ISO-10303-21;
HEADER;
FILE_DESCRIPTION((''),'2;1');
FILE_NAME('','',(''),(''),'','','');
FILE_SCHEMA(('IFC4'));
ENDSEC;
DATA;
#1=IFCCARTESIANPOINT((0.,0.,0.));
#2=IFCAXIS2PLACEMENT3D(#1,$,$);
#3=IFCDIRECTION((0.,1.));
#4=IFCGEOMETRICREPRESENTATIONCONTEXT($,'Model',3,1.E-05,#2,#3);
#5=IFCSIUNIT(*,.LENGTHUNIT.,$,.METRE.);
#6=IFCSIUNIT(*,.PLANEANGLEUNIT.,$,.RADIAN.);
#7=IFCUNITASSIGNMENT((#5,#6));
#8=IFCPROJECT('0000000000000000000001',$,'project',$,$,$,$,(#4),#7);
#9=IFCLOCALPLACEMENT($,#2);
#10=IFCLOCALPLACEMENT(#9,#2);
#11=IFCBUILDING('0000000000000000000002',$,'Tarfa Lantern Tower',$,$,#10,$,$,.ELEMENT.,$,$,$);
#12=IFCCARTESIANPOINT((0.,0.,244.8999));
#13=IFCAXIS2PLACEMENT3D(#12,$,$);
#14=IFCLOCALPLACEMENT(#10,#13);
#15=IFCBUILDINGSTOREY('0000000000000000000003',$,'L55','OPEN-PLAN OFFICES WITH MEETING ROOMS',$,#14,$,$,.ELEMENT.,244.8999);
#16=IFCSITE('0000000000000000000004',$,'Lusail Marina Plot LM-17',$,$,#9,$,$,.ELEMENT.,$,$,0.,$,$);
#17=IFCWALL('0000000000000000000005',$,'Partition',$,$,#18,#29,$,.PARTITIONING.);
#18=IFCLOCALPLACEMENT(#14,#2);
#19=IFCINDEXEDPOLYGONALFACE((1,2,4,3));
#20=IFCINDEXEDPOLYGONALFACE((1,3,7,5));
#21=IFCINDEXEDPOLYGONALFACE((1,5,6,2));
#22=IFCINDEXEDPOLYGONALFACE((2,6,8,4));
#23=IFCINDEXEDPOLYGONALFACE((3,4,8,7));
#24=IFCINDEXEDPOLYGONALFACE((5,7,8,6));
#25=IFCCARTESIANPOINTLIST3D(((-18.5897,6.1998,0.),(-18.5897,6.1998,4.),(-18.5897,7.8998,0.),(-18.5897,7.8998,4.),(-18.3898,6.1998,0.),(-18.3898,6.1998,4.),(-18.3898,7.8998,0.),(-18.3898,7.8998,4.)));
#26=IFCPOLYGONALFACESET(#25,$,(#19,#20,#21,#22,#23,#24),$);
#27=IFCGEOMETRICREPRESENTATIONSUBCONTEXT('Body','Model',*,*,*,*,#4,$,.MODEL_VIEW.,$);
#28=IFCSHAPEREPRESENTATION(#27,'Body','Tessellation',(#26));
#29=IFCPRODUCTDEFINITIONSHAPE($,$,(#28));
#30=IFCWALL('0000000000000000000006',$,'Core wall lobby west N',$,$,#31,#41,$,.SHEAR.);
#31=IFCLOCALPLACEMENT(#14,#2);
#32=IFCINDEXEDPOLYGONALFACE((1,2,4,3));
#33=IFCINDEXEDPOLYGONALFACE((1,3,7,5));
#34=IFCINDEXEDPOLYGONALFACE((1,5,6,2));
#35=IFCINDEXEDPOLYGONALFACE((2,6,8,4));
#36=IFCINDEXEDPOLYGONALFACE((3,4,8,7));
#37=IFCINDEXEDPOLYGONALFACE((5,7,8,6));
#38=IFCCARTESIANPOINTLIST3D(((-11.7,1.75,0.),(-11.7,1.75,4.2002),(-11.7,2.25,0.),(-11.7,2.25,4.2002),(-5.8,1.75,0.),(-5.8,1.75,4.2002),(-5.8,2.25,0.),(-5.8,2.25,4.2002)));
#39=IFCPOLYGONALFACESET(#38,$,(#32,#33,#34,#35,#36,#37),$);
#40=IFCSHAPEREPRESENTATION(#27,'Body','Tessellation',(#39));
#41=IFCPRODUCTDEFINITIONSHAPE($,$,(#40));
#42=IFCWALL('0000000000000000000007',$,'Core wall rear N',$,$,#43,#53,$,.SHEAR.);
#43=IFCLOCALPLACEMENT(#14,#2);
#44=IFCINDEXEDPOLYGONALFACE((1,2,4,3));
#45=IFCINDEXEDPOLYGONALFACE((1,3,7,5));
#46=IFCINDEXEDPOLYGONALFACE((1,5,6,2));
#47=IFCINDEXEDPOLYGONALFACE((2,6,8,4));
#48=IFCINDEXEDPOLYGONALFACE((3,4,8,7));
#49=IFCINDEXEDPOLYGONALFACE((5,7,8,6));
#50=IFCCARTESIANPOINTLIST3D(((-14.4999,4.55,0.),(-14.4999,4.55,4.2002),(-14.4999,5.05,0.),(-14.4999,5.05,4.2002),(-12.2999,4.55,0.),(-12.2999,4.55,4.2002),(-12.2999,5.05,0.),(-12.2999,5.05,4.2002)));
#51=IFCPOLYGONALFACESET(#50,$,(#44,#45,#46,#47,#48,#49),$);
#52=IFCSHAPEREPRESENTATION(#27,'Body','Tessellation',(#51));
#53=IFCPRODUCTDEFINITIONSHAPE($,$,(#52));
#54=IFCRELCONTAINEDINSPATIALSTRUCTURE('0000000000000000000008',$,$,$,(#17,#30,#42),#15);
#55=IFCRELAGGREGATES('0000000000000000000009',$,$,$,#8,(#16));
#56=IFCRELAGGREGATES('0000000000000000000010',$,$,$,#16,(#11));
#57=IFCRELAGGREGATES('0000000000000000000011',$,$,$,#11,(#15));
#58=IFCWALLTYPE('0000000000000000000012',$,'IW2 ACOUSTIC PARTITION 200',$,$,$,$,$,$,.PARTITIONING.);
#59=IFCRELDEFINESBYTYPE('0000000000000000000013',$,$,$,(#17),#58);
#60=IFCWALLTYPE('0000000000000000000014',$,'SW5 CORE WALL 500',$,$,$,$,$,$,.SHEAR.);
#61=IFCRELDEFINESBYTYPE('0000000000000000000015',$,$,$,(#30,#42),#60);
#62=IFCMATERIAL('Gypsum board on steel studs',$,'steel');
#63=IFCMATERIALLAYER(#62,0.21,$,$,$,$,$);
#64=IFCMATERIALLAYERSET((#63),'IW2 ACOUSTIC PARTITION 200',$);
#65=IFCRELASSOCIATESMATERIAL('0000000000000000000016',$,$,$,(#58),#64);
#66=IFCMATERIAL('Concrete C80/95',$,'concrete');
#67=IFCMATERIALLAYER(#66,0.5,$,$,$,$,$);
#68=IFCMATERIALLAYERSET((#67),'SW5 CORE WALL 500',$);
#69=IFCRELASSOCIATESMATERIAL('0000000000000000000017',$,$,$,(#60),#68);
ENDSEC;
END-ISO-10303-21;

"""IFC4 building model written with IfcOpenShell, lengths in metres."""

from ifc_helpers import new_model, si_unit, direction, frame, frame_2d, origin, place, context, subcontext, project, spatial, rectangle, extrude, material, layer, layer_set, type_object, element, save


model = new_model("IFC4")

# Units and contexts
model_context = context("Model", 3, precision=1e-05, world=origin(), true_north=direction((0.0, 1.0)))
body_context = subcontext(model_context, "Body", "Model", "MODEL_VIEW")
ifc_project = project(units=[si_unit("LENGTHUNIT", "METRE"), si_unit("PLANEANGLEUNIT", "RADIAN")], contexts=[model_context])

# Site, building, storey
site_placement = place(None, origin())
site = spatial("IfcSite", under=ifc_project, at=site_placement, Name="Lusail Marina Plot LM-17", CompositionType="ELEMENT", RefElevation=0.0)
building_placement = place(site_placement, origin())
building = spatial("IfcBuilding", under=site, at=building_placement, Name="Tarfa Lantern Tower", CompositionType="ELEMENT")
storey_placement = place(building_placement, frame((0.0, 0.0, 244.8999)))
storey = spatial("IfcBuildingStorey", under=building, at=storey_placement, Name="L55", Description="OPEN-PLAN OFFICES WITH MEETING ROOMS", CompositionType="ELEMENT", Elevation=244.8999)

# Shared definitions
ifc_material_1 = material(Name="Gypsum board on steel studs", Category="steel")
ifc_layer_1 = layer(ifc_material_1, 0.21)
ifc_layer_set_1 = layer_set([ifc_layer_1], Name="IW2 ACOUSTIC PARTITION 200")
wall_type_1 = type_object("IfcWallType", Name="IW2 ACOUSTIC PARTITION 200", PredefinedType="PARTITIONING", material=ifc_layer_set_1)

# Wall
wall_1_placement = place(storey_placement, frame((-18.4897, 7.8999, 0.0), z_axis=(0.0, 0.0, 1.0), x_axis=(0.0, -1.0, 0.0)))
element("IfcWall", 1, at=wall_1_placement, inside=storey, type_object=wall_type_1, Name="Partition", PredefinedType="PARTITIONING", context=body_context, shape_type="SweptSolid", body=[
    extrude(rectangle(XDim=1.7, YDim=0.2, at=frame_2d((0.8501, 0.0))), origin(), (0.0, 0.0, 1.0), 4.0),
])

# Shared definitions
ifc_material_2 = material(Name="Concrete C80/95", Category="concrete")

# Walls
ifc_layer_2 = layer(ifc_material_2, 0.5)
ifc_layer_set_2 = layer_set([ifc_layer_2], Name="SW5 CORE WALL 500")
wall_type_2 = type_object("IfcWallType", Name="SW5 CORE WALL 500", PredefinedType="SHEAR", material=ifc_layer_set_2)
wall_2_placement = place(storey_placement, frame((-11.7, 2.0, 0.0), z_axis=(0.0, 0.0, 1.0), x_axis=(1.0, 0.0, 0.0)))
element("IfcWall", 2, at=wall_2_placement, inside=storey, type_object=wall_type_2, Name="Core wall lobby west N", PredefinedType="SHEAR", context=body_context, shape_type="SweptSolid", body=[
    extrude(rectangle(XDim=5.8999, YDim=0.5, at=frame_2d((2.95, 0.0))), origin(), (0.0, 0.0, 1.0), 4.2002),
])
wall_3_placement = place(storey_placement, frame((-14.5, 4.8, 0.0), z_axis=(0.0, 0.0, 1.0), x_axis=(1.0, 0.0, 0.0)))
element("IfcWall", 3, at=wall_3_placement, inside=storey, type_object=wall_type_2, Name="Core wall rear N", PredefinedType="SHEAR", context=body_context, shape_type="SweptSolid", body=[
    extrude(rectangle(XDim=2.2, YDim=0.5, at=frame_2d((1.1001, 0.0))), origin(), (0.0, 0.0, 1.0), 4.2002),
])

save(model, "model.ifc")
